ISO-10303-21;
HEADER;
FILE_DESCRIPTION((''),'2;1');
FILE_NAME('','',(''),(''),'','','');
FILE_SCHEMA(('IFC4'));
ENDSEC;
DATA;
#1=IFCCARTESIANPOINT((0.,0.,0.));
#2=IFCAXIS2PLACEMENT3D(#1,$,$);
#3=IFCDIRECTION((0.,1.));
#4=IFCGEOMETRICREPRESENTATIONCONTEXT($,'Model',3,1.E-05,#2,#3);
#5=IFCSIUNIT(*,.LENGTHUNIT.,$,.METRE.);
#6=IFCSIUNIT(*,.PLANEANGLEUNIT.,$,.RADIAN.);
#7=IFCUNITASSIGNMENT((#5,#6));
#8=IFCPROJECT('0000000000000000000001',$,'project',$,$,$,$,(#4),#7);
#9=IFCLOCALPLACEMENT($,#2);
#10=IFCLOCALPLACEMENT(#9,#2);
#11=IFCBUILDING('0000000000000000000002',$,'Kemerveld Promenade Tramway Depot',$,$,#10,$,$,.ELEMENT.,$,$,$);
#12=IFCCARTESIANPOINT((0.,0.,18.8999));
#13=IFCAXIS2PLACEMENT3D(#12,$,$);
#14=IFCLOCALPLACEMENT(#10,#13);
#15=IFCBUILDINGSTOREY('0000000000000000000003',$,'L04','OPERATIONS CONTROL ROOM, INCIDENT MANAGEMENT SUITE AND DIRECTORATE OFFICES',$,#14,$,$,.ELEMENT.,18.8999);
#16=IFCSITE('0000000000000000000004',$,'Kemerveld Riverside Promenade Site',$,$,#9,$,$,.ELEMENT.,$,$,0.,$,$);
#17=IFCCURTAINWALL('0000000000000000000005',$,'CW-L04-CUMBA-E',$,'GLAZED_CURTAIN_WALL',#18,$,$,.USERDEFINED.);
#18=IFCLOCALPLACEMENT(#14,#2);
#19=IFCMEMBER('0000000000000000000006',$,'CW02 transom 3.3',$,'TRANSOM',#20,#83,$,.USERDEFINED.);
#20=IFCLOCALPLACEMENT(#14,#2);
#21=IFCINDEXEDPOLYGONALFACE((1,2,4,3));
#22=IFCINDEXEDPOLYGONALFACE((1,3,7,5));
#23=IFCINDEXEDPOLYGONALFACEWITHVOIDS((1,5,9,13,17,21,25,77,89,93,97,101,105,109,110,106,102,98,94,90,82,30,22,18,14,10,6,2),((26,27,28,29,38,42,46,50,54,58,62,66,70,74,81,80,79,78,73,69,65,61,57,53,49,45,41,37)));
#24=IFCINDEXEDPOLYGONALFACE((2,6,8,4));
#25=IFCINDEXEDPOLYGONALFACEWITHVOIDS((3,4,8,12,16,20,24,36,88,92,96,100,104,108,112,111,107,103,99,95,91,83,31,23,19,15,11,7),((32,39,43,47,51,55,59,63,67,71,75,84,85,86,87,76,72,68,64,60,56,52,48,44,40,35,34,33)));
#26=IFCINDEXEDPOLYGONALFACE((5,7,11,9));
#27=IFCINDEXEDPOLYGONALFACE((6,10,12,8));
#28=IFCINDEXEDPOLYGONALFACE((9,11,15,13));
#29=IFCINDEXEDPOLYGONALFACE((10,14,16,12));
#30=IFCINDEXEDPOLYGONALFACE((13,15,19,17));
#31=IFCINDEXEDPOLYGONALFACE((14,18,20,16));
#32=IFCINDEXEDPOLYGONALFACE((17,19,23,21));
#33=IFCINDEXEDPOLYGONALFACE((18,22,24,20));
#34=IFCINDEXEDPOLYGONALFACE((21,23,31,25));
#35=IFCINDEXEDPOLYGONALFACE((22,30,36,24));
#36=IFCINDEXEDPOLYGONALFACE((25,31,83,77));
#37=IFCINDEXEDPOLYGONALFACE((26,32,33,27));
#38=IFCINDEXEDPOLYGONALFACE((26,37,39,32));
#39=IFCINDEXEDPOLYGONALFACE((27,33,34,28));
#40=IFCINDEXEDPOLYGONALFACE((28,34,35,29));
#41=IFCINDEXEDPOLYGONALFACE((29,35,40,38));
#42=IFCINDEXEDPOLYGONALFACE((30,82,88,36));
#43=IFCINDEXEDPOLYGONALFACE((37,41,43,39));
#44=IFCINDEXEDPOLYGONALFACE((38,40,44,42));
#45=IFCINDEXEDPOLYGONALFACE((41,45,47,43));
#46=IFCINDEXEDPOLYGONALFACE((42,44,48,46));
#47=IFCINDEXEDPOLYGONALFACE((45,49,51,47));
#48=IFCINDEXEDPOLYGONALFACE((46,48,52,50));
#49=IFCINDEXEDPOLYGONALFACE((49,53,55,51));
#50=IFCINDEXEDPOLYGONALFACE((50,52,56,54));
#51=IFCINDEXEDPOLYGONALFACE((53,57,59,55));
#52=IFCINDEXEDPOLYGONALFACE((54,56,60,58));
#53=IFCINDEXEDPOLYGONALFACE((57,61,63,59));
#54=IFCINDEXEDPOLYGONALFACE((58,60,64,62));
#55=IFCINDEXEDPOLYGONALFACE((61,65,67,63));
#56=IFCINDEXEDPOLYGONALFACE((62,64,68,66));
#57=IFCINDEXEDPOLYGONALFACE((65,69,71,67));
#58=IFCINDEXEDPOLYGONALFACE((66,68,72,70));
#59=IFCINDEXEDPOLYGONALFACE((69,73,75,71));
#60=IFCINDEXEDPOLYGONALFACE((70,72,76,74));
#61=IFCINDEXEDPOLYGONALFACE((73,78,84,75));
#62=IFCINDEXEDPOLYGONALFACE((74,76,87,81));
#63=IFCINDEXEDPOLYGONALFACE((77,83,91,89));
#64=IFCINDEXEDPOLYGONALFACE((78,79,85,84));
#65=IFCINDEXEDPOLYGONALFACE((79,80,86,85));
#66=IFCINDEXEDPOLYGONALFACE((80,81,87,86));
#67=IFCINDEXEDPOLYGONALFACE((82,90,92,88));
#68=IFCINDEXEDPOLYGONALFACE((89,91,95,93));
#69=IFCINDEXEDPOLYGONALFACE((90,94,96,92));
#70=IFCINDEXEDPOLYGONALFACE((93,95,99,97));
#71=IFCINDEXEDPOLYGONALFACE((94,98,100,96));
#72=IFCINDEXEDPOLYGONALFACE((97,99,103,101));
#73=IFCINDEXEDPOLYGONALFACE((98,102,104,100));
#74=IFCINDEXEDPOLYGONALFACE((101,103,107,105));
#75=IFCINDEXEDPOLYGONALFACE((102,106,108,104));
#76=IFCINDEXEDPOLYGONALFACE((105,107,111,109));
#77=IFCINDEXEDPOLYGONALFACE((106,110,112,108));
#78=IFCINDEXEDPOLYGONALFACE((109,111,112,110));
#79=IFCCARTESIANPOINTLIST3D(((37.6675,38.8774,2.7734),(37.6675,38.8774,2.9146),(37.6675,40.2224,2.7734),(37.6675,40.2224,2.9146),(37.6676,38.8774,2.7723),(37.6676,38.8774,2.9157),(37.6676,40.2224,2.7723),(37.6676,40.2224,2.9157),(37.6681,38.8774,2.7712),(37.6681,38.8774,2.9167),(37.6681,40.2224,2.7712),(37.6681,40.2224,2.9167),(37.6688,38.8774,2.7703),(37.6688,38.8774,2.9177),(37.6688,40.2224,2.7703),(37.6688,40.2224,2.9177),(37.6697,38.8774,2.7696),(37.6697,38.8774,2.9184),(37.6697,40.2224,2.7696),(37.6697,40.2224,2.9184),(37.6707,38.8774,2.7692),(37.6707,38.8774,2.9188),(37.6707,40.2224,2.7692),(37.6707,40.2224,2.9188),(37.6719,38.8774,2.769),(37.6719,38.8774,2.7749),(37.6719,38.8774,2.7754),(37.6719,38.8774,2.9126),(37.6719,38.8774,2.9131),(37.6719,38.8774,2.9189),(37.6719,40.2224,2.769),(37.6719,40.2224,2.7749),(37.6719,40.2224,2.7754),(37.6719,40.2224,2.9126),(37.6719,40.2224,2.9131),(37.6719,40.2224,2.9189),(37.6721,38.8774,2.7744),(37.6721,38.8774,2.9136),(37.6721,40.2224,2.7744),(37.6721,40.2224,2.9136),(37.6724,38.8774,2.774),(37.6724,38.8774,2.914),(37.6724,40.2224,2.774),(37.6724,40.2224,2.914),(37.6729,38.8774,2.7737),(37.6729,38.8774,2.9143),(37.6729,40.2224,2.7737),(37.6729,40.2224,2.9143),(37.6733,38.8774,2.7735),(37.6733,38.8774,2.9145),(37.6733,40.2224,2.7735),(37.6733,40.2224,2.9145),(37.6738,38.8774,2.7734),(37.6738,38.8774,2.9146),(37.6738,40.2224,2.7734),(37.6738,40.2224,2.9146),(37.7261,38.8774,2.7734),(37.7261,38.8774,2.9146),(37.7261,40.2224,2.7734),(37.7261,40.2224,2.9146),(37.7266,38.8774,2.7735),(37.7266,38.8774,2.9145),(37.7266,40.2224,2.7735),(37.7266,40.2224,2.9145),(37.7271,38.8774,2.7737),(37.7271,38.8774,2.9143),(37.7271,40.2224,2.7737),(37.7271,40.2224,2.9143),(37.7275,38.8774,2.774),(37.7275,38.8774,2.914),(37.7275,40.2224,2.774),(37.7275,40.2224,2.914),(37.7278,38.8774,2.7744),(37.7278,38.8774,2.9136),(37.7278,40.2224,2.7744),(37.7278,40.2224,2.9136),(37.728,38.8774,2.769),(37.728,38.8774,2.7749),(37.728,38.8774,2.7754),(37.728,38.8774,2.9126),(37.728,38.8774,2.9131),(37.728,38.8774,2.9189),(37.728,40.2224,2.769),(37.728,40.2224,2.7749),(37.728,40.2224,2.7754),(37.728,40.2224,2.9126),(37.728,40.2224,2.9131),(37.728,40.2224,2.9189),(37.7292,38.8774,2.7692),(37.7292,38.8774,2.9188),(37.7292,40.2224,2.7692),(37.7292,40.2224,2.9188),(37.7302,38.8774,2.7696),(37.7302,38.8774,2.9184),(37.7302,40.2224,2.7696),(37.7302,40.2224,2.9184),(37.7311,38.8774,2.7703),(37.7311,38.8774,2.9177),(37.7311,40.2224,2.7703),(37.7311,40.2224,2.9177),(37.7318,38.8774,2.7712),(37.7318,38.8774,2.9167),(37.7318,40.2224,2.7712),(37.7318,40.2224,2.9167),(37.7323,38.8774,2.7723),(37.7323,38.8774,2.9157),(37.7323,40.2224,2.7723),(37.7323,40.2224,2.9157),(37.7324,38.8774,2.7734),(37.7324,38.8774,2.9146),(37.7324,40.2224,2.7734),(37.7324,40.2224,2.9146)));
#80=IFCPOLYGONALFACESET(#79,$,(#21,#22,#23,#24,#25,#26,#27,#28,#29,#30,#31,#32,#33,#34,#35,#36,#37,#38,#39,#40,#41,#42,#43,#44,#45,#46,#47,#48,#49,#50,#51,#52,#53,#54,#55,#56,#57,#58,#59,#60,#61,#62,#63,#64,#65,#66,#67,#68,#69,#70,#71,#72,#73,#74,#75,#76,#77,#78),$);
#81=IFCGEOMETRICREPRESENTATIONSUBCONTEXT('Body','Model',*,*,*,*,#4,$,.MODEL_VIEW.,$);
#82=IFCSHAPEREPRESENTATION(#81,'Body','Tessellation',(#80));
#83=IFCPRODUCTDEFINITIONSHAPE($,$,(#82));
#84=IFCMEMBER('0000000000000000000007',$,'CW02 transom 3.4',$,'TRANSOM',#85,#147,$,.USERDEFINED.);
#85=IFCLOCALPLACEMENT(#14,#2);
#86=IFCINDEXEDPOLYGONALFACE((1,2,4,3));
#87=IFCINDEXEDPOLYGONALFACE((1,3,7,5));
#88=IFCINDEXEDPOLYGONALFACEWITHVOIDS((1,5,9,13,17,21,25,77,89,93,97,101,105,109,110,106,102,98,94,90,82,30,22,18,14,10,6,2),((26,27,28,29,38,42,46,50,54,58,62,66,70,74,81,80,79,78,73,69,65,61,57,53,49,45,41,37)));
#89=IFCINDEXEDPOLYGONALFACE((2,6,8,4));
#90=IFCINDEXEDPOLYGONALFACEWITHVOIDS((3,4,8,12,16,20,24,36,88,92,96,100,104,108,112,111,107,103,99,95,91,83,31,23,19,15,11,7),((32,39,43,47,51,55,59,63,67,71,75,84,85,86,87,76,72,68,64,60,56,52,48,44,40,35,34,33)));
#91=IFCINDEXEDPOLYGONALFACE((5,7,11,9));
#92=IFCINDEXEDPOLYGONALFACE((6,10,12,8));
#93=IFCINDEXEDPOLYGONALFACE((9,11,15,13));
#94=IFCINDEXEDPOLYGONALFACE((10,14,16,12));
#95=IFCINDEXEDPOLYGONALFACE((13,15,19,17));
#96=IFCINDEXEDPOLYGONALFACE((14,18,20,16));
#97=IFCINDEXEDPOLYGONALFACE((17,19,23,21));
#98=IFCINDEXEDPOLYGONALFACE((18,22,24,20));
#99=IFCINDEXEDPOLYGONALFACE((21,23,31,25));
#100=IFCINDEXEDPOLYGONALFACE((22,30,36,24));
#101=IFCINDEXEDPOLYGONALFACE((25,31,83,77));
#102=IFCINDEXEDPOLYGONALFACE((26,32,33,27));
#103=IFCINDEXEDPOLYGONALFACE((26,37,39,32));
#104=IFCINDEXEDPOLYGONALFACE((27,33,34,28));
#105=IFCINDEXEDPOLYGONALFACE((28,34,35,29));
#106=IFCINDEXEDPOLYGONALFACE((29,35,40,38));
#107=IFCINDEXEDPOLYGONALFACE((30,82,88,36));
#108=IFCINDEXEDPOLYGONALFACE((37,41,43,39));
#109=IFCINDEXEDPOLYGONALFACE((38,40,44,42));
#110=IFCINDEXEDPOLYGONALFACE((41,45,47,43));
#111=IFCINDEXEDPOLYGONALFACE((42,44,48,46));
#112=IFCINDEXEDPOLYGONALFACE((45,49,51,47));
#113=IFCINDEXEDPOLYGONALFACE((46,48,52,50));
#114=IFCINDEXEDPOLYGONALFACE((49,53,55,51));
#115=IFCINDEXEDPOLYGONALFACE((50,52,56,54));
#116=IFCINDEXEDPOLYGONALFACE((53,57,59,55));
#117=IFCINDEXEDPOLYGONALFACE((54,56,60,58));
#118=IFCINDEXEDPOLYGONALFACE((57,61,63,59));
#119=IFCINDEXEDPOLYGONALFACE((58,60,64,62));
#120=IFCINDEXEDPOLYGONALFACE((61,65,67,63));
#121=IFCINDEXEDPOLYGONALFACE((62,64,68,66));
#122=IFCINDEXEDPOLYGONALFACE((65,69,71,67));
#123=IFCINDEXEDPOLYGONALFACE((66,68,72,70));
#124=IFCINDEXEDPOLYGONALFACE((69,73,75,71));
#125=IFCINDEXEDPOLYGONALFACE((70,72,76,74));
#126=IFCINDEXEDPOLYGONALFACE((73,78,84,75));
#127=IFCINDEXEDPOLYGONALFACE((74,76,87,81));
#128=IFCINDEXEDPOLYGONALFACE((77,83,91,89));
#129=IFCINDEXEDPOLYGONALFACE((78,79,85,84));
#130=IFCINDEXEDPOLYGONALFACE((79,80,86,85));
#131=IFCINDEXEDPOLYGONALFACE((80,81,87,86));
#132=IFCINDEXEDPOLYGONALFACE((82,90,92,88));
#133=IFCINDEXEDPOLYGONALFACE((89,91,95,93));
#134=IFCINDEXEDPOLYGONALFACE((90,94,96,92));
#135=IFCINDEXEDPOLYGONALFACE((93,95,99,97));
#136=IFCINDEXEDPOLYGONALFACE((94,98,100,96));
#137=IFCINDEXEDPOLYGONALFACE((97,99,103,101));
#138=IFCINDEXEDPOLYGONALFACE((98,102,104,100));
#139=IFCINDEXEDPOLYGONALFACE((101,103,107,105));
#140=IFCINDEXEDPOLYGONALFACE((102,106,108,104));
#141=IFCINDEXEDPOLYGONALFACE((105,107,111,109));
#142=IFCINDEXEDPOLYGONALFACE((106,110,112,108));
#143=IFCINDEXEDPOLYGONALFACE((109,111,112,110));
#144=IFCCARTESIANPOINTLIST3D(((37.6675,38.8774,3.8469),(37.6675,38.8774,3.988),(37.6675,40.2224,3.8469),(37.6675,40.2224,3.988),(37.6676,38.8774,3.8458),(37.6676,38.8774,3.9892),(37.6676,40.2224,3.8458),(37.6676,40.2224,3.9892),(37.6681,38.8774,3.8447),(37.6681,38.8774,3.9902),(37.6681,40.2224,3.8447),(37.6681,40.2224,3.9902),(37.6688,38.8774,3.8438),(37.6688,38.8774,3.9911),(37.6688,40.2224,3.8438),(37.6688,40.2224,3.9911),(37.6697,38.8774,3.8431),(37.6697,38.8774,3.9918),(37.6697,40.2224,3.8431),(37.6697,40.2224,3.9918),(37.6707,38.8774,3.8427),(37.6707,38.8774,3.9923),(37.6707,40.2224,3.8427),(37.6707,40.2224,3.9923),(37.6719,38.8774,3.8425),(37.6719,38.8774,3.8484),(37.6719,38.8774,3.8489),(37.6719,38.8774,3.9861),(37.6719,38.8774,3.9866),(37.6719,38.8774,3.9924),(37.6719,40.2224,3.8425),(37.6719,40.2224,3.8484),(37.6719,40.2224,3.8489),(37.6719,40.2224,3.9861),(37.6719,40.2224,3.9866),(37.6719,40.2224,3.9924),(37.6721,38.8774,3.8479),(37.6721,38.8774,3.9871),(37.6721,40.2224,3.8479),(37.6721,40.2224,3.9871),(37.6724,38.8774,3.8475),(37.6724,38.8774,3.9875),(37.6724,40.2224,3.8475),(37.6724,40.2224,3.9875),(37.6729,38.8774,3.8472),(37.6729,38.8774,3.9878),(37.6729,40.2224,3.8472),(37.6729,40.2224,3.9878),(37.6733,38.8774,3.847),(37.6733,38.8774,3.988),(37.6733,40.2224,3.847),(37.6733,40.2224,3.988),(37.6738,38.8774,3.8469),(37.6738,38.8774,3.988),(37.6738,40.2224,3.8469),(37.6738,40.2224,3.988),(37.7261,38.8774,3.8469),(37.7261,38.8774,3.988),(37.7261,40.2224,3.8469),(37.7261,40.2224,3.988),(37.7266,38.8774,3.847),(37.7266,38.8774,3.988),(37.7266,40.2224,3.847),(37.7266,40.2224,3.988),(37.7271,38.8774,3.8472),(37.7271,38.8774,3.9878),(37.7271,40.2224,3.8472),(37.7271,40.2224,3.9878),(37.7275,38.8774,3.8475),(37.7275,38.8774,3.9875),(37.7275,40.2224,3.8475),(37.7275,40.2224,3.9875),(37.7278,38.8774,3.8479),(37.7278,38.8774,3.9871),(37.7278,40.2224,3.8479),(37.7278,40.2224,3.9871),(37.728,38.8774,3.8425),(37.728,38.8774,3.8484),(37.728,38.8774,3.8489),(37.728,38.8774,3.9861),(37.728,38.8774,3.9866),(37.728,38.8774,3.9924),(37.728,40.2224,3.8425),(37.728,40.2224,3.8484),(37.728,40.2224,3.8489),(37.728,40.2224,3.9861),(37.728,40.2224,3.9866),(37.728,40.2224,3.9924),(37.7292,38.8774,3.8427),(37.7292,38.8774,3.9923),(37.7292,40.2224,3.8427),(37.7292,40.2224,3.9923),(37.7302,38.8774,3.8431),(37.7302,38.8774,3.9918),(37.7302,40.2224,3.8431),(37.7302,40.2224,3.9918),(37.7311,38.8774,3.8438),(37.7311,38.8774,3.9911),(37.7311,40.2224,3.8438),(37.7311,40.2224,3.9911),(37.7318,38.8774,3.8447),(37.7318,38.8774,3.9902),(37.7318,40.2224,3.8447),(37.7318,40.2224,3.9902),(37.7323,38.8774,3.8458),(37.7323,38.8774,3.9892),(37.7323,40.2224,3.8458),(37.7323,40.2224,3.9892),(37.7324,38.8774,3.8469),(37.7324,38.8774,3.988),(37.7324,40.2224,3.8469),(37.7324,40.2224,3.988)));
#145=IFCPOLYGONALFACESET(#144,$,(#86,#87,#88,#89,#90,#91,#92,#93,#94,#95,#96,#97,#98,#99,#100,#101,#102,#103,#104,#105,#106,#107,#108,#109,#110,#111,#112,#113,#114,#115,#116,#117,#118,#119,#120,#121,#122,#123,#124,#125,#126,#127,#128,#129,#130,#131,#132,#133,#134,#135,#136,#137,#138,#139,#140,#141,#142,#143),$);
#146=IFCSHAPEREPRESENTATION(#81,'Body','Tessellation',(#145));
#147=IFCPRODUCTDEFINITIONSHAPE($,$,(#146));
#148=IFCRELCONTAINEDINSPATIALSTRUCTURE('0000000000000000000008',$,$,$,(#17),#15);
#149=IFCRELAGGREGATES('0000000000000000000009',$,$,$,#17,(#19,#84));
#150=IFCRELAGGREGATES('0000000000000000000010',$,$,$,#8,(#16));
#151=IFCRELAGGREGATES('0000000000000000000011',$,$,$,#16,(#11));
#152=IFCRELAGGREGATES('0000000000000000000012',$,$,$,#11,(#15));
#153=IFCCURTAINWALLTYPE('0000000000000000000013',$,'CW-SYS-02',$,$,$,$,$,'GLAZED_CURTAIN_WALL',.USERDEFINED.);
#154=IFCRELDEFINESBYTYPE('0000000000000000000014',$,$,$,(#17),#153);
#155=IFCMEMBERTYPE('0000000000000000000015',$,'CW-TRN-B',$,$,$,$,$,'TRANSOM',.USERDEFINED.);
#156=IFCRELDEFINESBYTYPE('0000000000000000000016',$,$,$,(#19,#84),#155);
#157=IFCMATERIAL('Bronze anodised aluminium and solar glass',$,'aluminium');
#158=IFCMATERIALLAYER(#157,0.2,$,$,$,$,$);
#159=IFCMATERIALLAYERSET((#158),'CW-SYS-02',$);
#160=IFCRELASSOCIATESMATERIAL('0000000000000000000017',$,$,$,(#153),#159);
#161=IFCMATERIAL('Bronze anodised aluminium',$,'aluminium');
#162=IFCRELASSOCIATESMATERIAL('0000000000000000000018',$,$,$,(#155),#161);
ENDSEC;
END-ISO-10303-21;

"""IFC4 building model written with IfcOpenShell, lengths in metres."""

from ifc_helpers import new_model, si_unit, direction, frame, origin, origin_2d, place, context, subcontext, project, spatial, hollow_rectangle, extrude, material, layer, layer_set, material_profile, profile_set, type_object, element, aggregate, save


model = new_model("IFC4")

# Units and contexts
model_context = context("Model", 3, precision=1e-05, world=origin(), true_north=direction((0.0, 1.0)))
body_context = subcontext(model_context, "Body", "Model", "MODEL_VIEW")
ifc_project = project(units=[si_unit("LENGTHUNIT", "METRE"), si_unit("PLANEANGLEUNIT", "RADIAN")], contexts=[model_context])

# Site, building, storey
site_placement = place(None, origin())
site = spatial("IfcSite", under=ifc_project, at=site_placement, Name="Kemerveld Riverside Promenade Site", CompositionType="ELEMENT", RefElevation=0.0)
building_placement = place(site_placement, origin())
building = spatial("IfcBuilding", under=site, at=building_placement, Name="Kemerveld Promenade Tramway Depot", CompositionType="ELEMENT")
storey_placement = place(building_placement, frame((0.0, 0.0, 18.8999)))
storey = spatial("IfcBuildingStorey", under=building, at=storey_placement, Name="L04", Description="OPERATIONS CONTROL ROOM, INCIDENT MANAGEMENT SUITE AND DIRECTORATE OFFICES", CompositionType="ELEMENT", Elevation=18.8999)

# Curtain wall, members
ifc_material_1 = material(Name="Bronze anodised aluminium and solar glass", Category="aluminium")
ifc_layer_1 = layer(ifc_material_1, 0.2)
ifc_layer_set_1 = layer_set([ifc_layer_1], Name="CW-SYS-02")
curtain_wall_type = type_object("IfcCurtainWallType", Name="CW-SYS-02", ElementType="GLAZED_CURTAIN_WALL", PredefinedType="USERDEFINED", material=ifc_layer_set_1)
curtain_wall_placement = place(storey_placement, origin())
curtain_wall = element("IfcCurtainWall", 1, at=curtain_wall_placement, inside=storey, type_object=curtain_wall_type, Name="CW-L04-CUMBA-E", ObjectType="GLAZED_CURTAIN_WALL", PredefinedType="USERDEFINED")
ifc_material_2 = material(Name="Bronze anodised aluminium", Category="aluminium")
ifc_material_profile_1 = material_profile(ifc_material_2, hollow_rectangle(XDim=0.0649, YDim=0.1499, WallThickness=0.0044, InnerFilletRadius=0.002, OuterFilletRadius=0.0044, at=origin_2d()), Name="CW-TRN-150x65")
ifc_profile_set_1 = profile_set([ifc_material_profile_1], Name="Bronze anodised aluminium")
member_type_1 = type_object("IfcMemberType", Name="CW-TRN-B", ElementType="TRANSOM", PredefinedType="USERDEFINED", material=ifc_profile_set_1)
member_1_placement = place(storey_placement, frame((37.7, 40.2224, 2.844), z_axis=(0.0, -1.0, 0.0), x_axis=(1.0, 0.0, 0.0)))
member_1 = element("IfcMember", 2, at=member_1_placement, type_object=member_type_1, Name="CW02 transom 3.3", ObjectType="TRANSOM", PredefinedType="USERDEFINED", context=body_context, shape_type="SweptSolid", body=[
    extrude(hollow_rectangle(XDim=0.0649, YDim=0.1499, WallThickness=0.0044, InnerFilletRadius=0.002, OuterFilletRadius=0.0044, at=origin_2d()), origin(), (0.0, 0.0, 1.0), 1.345),
])
member_2_placement = place(storey_placement, frame((37.7, 40.2224, 3.9175), z_axis=(0.0, -1.0, 0.0), x_axis=(1.0, 0.0, 0.0)))
member_2 = element("IfcMember", 3, at=member_2_placement, type_object=member_type_1, Name="CW02 transom 3.4", ObjectType="TRANSOM", PredefinedType="USERDEFINED", context=body_context, shape_type="SweptSolid", body=[
    extrude(hollow_rectangle(XDim=0.0649, YDim=0.1499, WallThickness=0.0044, InnerFilletRadius=0.002, OuterFilletRadius=0.0044, at=origin_2d()), origin(), (0.0, 0.0, 1.0), 1.345),
])
aggregate(curtain_wall, [member_1, member_2])

save(model, "model.ifc")
